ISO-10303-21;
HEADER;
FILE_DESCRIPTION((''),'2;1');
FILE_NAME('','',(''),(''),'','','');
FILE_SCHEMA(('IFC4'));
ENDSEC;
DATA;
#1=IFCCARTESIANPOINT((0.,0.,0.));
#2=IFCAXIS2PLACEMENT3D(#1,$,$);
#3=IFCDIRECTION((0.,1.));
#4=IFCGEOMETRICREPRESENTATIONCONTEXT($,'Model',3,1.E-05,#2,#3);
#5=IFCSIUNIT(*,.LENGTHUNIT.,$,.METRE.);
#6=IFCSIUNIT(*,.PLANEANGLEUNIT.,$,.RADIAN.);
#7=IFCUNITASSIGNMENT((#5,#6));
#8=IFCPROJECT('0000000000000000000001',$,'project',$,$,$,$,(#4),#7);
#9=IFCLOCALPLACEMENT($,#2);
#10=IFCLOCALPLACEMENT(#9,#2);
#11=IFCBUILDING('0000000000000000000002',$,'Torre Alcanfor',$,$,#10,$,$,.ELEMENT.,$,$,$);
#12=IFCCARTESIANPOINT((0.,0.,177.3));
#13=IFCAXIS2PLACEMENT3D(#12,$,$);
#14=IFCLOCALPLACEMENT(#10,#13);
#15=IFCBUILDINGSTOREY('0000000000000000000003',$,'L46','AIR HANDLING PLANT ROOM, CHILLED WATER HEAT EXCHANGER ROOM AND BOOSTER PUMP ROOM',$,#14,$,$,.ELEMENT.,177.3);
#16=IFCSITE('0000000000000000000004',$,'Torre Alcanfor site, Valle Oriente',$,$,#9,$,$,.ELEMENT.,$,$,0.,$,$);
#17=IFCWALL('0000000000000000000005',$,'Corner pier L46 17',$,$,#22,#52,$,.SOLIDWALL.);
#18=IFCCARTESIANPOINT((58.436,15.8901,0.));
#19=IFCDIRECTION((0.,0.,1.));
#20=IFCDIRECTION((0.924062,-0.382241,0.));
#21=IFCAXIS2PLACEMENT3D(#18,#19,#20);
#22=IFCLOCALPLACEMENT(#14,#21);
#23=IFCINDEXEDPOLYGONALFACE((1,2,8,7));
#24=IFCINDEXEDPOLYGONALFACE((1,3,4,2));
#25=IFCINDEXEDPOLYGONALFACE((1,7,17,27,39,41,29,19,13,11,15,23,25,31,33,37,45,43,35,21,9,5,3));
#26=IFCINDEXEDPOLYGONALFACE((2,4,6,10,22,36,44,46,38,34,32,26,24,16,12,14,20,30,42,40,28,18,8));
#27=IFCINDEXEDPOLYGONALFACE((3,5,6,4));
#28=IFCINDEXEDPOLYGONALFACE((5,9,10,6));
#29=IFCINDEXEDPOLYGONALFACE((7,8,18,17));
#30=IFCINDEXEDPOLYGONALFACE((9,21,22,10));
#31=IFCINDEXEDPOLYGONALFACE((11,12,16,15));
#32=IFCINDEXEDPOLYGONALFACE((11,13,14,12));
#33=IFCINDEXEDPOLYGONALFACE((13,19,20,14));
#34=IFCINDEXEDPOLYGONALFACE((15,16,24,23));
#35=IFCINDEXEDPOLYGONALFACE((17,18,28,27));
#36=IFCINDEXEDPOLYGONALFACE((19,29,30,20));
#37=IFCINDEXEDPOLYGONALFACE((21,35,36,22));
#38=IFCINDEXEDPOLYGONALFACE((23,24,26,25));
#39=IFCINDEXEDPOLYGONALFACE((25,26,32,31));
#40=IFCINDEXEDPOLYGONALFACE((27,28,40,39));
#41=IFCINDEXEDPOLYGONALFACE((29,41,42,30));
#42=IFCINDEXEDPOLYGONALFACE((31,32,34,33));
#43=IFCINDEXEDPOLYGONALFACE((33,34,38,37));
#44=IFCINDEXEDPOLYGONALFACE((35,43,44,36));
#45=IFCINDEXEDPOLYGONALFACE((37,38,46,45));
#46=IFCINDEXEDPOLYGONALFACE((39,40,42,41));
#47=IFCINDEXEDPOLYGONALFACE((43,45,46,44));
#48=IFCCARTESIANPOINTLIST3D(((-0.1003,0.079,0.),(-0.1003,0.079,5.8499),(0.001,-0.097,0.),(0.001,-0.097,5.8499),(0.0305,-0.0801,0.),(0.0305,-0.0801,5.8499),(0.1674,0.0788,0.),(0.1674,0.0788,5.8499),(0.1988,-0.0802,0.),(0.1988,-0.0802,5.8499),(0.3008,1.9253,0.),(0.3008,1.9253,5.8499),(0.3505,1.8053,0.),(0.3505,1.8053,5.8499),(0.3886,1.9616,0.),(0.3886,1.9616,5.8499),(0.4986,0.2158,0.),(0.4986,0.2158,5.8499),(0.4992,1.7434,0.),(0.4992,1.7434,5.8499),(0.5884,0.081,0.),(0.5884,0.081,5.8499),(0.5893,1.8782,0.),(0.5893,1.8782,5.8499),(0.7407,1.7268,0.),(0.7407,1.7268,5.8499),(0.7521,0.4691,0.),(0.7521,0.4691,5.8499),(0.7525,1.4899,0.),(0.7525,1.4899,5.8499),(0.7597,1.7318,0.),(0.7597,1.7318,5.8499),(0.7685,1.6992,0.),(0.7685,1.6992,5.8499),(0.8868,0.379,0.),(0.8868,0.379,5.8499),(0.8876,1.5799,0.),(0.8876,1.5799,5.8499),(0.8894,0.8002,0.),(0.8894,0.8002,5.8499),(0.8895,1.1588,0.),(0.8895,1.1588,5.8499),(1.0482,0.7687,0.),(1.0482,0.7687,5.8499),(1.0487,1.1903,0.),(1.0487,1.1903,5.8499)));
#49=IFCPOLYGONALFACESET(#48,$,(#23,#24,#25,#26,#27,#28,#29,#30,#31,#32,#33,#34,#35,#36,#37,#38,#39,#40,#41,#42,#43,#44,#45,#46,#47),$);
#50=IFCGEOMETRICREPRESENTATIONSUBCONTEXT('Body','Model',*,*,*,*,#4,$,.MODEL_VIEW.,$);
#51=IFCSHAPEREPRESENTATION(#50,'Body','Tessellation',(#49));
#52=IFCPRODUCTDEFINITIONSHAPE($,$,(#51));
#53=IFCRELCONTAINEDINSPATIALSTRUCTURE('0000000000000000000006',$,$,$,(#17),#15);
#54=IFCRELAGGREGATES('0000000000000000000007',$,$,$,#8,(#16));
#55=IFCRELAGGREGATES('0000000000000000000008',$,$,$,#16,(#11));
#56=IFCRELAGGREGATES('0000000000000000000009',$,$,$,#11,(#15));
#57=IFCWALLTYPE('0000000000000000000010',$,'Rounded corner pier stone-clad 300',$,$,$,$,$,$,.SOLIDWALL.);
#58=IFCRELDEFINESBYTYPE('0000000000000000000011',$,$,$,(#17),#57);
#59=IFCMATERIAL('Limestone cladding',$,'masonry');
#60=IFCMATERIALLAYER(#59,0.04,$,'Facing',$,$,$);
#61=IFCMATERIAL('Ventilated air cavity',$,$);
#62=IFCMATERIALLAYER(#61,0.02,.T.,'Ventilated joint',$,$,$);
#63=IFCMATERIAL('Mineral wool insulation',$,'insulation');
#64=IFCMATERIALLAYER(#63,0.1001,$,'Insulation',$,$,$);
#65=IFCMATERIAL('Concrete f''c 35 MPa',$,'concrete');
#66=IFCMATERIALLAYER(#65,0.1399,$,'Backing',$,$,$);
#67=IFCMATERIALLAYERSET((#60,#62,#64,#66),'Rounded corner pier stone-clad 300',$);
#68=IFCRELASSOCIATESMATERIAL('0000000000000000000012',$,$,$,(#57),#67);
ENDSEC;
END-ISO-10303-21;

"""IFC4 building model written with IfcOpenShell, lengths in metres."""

from ifc_helpers import new_model, si_unit, direction, frame, origin, place, context, subcontext, project, spatial, polyline, outline, extrude, material, layer, layer_set, type_object, element, save


model = new_model("IFC4")

# Units and contexts
model_context = context("Model", 3, precision=1e-05, world=origin(), true_north=direction((0.0, 1.0)))
body_context = subcontext(model_context, "Body", "Model", "MODEL_VIEW")
ifc_project = project(units=[si_unit("LENGTHUNIT", "METRE"), si_unit("PLANEANGLEUNIT", "RADIAN")], contexts=[model_context])

# Site, building, storey
site_placement = place(None, origin())
site = spatial("IfcSite", under=ifc_project, at=site_placement, Name="Torre Alcanfor site, Valle Oriente", CompositionType="ELEMENT", RefElevation=0.0)
building_placement = place(site_placement, origin())
building = spatial("IfcBuilding", under=site, at=building_placement, Name="Torre Alcanfor", CompositionType="ELEMENT")
storey_placement = place(building_placement, frame((0.0, 0.0, 177.3)))
storey = spatial("IfcBuildingStorey", under=building, at=storey_placement, Name="L46", Description="AIR HANDLING PLANT ROOM, CHILLED WATER HEAT EXCHANGER ROOM AND BOOSTER PUMP ROOM", CompositionType="ELEMENT", Elevation=177.3)

# Wall
ifc_material_1 = material(Name="Limestone cladding", Category="masonry")
ifc_material_2 = material(Name="Ventilated air cavity")
ifc_material_3 = material(Name="Mineral wool insulation", Category="insulation")
ifc_material_4 = material(Name="Concrete f'c 35 MPa", Category="concrete")
ifc_layer_1 = layer(ifc_material_1, 0.04, Name="Facing")
ifc_layer_2 = layer(ifc_material_2, 0.02, ventilated=True, Name="Ventilated joint")
ifc_layer_3 = layer(ifc_material_3, 0.1001, Name="Insulation")
ifc_layer_4 = layer(ifc_material_4, 0.1399, Name="Backing")
ifc_layer_set_1 = layer_set([ifc_layer_1, ifc_layer_2, ifc_layer_3, ifc_layer_4], Name="Rounded corner pier stone-clad 300")
wall_type_1 = type_object("IfcWallType", Name="Rounded corner pier stone-clad 300", PredefinedType="SOLIDWALL", material=ifc_layer_set_1)
wall_1_placement = place(storey_placement, frame((58.436, 15.8901, 0.0), z_axis=(0.0, 0.0, 1.0), x_axis=(0.924062, -0.382241, 0.0)))
element("IfcWall", 1, at=wall_1_placement, inside=storey, type_object=wall_type_1, Name="Corner pier L46 17", PredefinedType="SOLIDWALL", context=body_context, shape_type="SweptSolid", body=[
    extrude(outline(polyline([(0.7597, 1.7318), (0.7407, 1.7268), (0.5893, 1.8782), (0.3886, 1.9616), (0.3008, 1.9253), (0.3505, 1.8053), (0.4992, 1.7434), (0.7525, 1.4899), (0.8895, 1.1588), (0.8894, 0.8002), (0.7521, 0.4691), (0.4986, 0.2158), (0.1674, 0.0788), (-0.1003, 0.079), (0.001, -0.097), (0.0305, -0.0801), (0.1988, -0.0802), (0.5884, 0.081), (0.8868, 0.379), (1.0482, 0.7687), (1.0487, 1.1903), (0.8876, 1.5799), (0.7685, 1.6992), (0.7597, 1.7318)])), origin(), (0.0, 0.0, 1.0), 5.8499),
])

save(model, "model.ifc")
